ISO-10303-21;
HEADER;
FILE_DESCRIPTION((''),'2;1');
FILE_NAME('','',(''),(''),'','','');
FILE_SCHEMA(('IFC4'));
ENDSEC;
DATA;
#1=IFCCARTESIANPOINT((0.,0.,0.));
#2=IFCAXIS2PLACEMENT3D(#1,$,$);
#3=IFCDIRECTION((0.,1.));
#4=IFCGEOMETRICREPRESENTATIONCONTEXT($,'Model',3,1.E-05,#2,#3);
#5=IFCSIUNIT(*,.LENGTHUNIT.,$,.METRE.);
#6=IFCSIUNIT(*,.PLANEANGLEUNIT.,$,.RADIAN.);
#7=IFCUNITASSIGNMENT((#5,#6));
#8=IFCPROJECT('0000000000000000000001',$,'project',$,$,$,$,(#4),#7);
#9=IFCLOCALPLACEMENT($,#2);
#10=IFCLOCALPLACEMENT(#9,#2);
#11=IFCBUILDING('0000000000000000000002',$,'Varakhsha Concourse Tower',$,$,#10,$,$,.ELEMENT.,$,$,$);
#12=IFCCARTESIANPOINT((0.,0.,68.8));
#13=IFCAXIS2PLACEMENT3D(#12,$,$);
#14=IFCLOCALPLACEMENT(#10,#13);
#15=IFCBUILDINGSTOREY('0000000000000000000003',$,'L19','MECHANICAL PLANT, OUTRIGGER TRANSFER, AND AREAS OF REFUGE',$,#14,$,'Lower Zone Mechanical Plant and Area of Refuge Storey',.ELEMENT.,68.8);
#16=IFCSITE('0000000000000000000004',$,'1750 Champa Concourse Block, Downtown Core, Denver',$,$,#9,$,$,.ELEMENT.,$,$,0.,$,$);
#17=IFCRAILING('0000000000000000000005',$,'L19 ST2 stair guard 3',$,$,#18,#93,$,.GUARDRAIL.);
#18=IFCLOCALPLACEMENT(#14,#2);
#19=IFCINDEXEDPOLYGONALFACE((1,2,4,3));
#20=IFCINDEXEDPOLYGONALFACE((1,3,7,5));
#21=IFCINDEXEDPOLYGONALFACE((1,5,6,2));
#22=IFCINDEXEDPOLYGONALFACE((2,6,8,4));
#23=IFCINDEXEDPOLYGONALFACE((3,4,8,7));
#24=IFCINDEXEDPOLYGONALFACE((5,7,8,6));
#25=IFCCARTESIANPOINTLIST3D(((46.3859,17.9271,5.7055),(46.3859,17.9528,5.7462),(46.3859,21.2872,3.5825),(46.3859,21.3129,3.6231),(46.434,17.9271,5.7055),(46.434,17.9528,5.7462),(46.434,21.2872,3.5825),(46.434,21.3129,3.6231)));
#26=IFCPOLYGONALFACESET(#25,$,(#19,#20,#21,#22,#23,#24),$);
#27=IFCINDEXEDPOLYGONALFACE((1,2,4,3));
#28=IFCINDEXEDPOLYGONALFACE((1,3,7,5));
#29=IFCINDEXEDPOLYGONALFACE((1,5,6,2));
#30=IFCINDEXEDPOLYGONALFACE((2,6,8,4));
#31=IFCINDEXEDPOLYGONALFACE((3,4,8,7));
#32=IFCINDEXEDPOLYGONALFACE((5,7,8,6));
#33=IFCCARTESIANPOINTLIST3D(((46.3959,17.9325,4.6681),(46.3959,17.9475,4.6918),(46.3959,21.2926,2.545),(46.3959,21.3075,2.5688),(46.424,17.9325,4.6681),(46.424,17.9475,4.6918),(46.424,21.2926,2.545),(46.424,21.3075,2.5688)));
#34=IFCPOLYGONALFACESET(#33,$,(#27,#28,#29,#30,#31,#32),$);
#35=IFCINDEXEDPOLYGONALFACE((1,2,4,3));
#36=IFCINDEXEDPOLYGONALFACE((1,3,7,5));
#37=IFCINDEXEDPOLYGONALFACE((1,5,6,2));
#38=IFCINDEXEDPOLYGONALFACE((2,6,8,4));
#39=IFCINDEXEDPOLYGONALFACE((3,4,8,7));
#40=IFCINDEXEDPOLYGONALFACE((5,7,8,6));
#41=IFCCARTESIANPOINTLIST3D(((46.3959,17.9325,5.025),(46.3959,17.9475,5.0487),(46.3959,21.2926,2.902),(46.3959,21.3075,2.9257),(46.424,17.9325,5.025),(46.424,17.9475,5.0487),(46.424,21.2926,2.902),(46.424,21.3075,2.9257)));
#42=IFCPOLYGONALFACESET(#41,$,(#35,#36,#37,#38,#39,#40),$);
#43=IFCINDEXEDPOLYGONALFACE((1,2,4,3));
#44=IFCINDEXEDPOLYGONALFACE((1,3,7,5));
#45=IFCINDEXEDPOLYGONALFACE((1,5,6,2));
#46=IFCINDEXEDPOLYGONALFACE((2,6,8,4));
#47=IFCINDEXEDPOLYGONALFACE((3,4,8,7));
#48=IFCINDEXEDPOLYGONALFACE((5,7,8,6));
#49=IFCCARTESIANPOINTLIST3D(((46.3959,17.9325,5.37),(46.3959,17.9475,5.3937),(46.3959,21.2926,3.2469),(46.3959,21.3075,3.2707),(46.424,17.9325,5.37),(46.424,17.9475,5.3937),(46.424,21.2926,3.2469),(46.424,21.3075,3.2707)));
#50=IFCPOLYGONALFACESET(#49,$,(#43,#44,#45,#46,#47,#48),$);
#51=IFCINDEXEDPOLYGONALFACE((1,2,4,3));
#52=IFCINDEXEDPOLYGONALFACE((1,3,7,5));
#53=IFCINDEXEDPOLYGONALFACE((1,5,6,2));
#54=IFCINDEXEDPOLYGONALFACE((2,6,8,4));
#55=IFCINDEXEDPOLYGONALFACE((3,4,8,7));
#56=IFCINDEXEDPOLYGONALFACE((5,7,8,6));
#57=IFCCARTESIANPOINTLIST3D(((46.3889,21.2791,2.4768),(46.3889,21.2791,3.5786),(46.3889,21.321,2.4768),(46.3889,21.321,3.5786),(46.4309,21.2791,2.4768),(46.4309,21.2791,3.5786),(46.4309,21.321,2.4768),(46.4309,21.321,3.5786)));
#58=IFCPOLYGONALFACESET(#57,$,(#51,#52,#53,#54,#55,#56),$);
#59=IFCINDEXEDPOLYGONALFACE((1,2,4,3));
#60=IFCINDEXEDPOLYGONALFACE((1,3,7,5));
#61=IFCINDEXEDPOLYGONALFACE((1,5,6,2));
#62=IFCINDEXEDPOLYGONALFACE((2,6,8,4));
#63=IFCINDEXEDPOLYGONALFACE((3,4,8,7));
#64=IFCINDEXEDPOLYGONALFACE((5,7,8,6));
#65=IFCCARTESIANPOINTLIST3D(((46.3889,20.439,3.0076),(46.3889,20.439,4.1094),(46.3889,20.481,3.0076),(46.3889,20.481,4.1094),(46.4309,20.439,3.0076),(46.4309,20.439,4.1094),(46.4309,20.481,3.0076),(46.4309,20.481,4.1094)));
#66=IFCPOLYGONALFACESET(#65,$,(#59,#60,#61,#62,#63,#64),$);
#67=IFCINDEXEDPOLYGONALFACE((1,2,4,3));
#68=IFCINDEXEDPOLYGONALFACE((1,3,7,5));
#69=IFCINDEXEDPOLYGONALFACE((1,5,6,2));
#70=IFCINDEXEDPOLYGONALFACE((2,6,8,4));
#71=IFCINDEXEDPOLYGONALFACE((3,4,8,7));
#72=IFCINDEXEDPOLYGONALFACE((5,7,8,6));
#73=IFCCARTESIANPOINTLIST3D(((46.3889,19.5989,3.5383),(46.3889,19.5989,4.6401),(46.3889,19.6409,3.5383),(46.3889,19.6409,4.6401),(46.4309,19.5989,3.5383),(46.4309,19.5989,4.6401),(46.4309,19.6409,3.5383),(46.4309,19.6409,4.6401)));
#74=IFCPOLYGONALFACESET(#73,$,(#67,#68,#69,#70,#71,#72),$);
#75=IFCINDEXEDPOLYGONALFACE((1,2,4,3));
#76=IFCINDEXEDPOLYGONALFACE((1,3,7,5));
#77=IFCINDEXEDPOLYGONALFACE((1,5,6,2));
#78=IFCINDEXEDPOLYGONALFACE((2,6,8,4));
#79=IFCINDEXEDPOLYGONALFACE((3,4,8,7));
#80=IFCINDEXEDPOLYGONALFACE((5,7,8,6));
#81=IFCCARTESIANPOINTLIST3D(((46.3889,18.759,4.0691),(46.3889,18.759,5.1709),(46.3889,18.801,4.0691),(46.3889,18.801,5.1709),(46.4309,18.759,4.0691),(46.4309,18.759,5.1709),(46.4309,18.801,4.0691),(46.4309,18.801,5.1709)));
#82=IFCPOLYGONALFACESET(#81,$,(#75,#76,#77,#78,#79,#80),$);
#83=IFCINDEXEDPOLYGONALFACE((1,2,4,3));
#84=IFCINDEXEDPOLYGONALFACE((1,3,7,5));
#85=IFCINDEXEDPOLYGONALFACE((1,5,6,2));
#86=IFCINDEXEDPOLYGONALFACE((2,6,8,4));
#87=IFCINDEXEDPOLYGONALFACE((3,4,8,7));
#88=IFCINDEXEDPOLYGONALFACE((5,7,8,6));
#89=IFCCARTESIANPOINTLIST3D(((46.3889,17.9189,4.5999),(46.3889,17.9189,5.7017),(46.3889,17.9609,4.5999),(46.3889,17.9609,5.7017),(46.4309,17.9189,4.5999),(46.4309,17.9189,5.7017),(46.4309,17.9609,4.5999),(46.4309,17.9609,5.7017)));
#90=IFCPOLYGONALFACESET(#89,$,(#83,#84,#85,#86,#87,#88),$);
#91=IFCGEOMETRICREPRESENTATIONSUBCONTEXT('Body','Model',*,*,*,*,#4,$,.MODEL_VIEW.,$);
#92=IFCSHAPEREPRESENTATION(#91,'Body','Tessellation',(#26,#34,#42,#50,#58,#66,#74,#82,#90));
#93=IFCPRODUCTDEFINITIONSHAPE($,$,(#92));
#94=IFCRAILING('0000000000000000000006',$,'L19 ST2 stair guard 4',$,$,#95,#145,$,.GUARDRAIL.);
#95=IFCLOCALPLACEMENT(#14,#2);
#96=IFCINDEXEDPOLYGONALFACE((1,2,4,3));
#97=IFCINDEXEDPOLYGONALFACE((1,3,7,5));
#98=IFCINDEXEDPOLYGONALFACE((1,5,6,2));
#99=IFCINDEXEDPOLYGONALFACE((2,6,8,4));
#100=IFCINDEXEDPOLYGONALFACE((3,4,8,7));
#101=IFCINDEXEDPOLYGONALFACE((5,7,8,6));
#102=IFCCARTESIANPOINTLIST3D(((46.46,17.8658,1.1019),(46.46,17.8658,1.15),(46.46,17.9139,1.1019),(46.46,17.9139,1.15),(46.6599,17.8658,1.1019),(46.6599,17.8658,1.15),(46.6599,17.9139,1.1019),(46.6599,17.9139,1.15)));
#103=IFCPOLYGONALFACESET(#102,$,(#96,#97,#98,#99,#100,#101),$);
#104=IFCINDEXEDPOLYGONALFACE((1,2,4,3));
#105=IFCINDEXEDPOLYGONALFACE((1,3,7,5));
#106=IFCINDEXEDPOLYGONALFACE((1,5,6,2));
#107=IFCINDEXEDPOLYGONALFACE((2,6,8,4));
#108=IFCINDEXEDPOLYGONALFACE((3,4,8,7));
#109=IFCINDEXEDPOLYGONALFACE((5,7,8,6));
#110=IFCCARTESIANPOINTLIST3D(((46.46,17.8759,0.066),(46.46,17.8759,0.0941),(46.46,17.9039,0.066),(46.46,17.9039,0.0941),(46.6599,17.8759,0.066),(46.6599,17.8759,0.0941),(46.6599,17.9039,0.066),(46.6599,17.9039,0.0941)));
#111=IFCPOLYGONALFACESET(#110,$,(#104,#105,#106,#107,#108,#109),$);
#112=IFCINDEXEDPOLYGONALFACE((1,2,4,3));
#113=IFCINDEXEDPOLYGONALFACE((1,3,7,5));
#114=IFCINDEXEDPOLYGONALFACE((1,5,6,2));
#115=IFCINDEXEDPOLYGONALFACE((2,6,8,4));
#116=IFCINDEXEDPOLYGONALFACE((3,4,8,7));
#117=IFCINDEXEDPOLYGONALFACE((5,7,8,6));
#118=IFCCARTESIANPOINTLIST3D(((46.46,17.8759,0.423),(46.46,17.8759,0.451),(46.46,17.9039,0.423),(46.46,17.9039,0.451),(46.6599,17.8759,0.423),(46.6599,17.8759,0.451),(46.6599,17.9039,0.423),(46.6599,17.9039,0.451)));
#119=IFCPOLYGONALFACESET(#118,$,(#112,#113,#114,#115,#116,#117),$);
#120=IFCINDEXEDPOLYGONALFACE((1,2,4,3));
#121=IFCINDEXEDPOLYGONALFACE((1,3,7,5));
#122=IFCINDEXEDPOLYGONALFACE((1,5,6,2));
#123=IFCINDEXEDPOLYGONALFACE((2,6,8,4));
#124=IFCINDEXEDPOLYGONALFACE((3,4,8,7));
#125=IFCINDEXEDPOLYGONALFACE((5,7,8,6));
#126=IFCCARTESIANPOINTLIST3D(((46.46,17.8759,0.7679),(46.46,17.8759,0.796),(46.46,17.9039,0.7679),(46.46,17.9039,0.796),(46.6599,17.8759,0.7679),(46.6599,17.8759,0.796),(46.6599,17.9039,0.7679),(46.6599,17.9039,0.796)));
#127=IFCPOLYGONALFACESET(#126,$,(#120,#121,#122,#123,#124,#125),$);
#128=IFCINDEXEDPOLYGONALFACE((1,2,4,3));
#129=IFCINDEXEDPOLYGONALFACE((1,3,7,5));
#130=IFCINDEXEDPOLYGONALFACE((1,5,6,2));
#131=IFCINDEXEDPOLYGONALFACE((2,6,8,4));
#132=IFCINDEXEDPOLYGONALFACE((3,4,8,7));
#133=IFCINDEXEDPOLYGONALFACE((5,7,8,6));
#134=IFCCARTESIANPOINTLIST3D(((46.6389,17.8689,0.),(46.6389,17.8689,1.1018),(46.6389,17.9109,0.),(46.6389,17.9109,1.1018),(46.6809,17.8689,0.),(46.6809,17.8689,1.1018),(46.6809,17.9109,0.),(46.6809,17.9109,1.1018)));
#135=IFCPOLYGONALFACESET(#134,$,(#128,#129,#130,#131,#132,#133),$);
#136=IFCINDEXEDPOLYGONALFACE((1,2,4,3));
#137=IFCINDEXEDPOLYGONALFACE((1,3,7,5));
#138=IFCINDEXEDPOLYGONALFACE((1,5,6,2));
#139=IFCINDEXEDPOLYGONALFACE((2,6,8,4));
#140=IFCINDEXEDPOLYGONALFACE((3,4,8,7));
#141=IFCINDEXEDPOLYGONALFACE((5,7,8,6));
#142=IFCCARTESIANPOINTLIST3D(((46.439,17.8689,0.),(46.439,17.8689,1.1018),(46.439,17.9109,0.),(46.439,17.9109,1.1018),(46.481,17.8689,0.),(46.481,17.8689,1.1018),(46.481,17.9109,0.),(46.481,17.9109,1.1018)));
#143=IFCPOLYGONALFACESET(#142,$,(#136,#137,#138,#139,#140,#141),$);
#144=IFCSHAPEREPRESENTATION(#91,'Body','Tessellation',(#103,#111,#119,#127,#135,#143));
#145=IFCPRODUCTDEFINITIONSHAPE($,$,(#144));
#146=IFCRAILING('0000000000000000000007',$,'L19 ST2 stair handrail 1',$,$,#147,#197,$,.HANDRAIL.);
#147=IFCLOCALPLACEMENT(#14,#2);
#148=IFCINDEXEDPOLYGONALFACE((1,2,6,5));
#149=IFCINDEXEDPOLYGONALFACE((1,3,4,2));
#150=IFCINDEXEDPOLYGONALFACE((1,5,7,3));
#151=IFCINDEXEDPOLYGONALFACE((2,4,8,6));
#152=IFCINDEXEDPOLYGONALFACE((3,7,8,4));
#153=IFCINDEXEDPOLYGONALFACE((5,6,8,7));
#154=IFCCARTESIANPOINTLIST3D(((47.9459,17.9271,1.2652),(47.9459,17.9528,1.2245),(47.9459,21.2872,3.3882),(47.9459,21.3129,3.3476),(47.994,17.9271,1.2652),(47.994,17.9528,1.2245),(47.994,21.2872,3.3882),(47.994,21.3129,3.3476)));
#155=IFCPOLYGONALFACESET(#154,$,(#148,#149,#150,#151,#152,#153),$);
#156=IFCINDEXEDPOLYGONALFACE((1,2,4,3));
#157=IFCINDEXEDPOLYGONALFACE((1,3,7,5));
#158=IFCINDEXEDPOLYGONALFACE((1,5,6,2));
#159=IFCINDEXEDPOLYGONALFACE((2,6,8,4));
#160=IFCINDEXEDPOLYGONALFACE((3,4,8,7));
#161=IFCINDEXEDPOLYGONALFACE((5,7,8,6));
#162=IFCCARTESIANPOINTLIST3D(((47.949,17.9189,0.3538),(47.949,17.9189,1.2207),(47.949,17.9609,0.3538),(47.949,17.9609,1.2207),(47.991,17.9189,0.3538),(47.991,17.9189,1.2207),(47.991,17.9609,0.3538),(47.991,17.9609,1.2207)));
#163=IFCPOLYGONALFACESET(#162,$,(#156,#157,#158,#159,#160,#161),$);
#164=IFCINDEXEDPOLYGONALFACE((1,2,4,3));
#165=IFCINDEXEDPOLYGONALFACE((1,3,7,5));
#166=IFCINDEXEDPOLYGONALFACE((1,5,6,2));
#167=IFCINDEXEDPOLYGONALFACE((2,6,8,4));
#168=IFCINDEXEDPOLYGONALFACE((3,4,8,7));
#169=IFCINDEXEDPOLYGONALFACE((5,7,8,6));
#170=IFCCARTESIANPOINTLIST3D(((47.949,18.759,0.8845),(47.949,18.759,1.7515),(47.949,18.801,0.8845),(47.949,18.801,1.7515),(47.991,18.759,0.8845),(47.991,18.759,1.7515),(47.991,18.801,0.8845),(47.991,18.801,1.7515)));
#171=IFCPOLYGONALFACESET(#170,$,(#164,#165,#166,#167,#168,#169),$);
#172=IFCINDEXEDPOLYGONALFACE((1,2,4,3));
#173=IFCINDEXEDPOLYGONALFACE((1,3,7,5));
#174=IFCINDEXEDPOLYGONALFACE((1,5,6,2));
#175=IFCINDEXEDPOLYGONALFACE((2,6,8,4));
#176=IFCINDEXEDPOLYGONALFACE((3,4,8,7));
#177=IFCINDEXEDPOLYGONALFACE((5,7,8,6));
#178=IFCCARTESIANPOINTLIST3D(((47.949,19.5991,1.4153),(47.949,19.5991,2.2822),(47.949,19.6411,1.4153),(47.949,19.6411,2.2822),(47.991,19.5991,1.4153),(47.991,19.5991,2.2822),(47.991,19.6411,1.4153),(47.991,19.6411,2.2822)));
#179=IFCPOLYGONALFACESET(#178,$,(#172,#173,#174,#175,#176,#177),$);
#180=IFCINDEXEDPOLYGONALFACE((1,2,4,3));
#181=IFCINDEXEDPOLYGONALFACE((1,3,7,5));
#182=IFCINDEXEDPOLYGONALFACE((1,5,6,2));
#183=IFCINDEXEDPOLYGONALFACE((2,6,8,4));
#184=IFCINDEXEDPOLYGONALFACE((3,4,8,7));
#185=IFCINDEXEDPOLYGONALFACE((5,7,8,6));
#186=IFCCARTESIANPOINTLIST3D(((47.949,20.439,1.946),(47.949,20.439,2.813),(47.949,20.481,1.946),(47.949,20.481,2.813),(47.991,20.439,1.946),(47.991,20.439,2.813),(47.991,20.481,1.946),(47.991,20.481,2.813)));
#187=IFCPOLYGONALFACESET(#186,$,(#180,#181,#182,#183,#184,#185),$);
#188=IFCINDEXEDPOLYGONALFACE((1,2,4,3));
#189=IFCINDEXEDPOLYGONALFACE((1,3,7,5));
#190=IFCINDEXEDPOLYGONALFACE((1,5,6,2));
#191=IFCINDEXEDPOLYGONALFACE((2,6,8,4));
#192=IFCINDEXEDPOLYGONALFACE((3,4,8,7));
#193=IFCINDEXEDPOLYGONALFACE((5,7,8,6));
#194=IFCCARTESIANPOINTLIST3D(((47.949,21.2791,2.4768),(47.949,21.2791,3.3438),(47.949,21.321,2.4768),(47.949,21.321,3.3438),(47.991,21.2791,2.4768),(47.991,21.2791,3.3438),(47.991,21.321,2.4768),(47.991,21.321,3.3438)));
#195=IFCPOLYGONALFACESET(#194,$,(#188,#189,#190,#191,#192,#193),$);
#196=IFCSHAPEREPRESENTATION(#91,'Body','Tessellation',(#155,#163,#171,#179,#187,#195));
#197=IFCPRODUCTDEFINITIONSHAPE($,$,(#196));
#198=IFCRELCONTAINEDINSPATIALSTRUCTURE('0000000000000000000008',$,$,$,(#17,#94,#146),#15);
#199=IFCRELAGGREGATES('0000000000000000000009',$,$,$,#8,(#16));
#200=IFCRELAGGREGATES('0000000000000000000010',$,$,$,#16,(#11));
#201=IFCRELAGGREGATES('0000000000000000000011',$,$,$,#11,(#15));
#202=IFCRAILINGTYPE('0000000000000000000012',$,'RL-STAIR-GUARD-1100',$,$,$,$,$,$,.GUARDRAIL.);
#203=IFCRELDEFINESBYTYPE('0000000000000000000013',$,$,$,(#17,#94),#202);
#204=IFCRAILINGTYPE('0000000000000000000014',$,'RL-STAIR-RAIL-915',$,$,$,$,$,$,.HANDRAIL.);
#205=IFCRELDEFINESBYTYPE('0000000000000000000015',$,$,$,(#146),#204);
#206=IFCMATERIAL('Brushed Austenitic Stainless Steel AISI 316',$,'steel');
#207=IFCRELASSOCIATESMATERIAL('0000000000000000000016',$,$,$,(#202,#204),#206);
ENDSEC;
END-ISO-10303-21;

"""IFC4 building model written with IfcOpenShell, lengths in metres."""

from ifc_helpers import new_model, si_unit, direction, frame, origin, origin_2d, place, context, subcontext, project, spatial, rectangle, extrude, material, type_object, element, save


model = new_model("IFC4")

# Units and contexts
model_context = context("Model", 3, precision=1e-05, world=origin(), true_north=direction((0.0, 1.0)))
body_context = subcontext(model_context, "Body", "Model", "MODEL_VIEW")
ifc_project = project(units=[si_unit("LENGTHUNIT", "METRE"), si_unit("PLANEANGLEUNIT", "RADIAN")], contexts=[model_context])

# Site, building, storey
site_placement = place(None, origin())
site = spatial("IfcSite", under=ifc_project, at=site_placement, Name="1750 Champa Concourse Block, Downtown Core, Denver", CompositionType="ELEMENT", RefElevation=0.0)
building_placement = place(site_placement, origin())
building = spatial("IfcBuilding", under=site, at=building_placement, Name="Varakhsha Concourse Tower", CompositionType="ELEMENT")
storey_placement = place(building_placement, frame((0.0, 0.0, 68.8)))
storey = spatial("IfcBuildingStorey", under=building, at=storey_placement, Name="L19", Description="MECHANICAL PLANT, OUTRIGGER TRANSFER, AND AREAS OF REFUGE", LongName="Lower Zone Mechanical Plant and Area of Refuge Storey", CompositionType="ELEMENT", Elevation=68.8)

# Railings
ifc_material_1 = material(Name="Brushed Austenitic Stainless Steel AISI 316", Category="steel")
railing_type_1 = type_object("IfcRailingType", Name="RL-STAIR-GUARD-1100", PredefinedType="GUARDRAIL", material=ifc_material_1)
railing_1_placement = place(storey_placement, frame((46.4099, 21.3, 2.4768)))
element("IfcRailing", 1, at=railing_1_placement, inside=storey, type_object=railing_type_1, Name="L19 ST2 stair guard 3", PredefinedType="GUARDRAIL", context=body_context, shape_type="SweptSolid", body=[
    extrude(rectangle(XDim=0.0481, YDim=0.0481, at=origin_2d()), frame((0.0, 0.0, 1.126), z_axis=(0.0, -0.84539, 0.53415), x_axis=(1.0, 0.0, 0.0)), (0.0, 0.0, 1.0), 3.9746),
    extrude(rectangle(XDim=0.0281, YDim=0.0281, at=origin_2d()), frame((0.0, 0.0, 0.0801), z_axis=(0.0, -0.84539, 0.53415), x_axis=(1.0, 0.0, 0.0)), (0.0, 0.0, 1.0), 3.9746),
    extrude(rectangle(XDim=0.0281, YDim=0.0281, at=origin_2d()), frame((0.0, 0.0, 0.437), z_axis=(0.0, -0.84539, 0.53415), x_axis=(1.0, 0.0, 0.0)), (0.0, 0.0, 1.0), 3.9746),
    extrude(rectangle(XDim=0.0281, YDim=0.0281, at=origin_2d()), frame((0.0, 0.0, 0.782), z_axis=(0.0, -0.84539, 0.53415), x_axis=(1.0, 0.0, 0.0)), (0.0, 0.0, 1.0), 3.9746),
    extrude(rectangle(XDim=0.042, YDim=0.042, at=origin_2d()), origin(), (0.0, 0.0, 1.0), 1.1018),
    extrude(rectangle(XDim=0.042, YDim=0.042, at=origin_2d()), frame((0.0, -0.8401, 0.5308)), (0.0, 0.0, 1.0), 1.1018),
    extrude(rectangle(XDim=0.042, YDim=0.042, at=origin_2d()), frame((0.0, -1.6802, 1.0615)), (0.0, 0.0, 1.0), 1.1018),
    extrude(rectangle(XDim=0.042, YDim=0.042, at=origin_2d()), frame((0.0, -2.52, 1.5923)), (0.0, 0.0, 1.0), 1.1018),
    extrude(rectangle(XDim=0.042, YDim=0.042, at=origin_2d()), frame((0.0, -3.3601, 2.123)), (0.0, 0.0, 1.0), 1.1018),
])
railing_2_placement = place(storey_placement, frame((46.6599, 17.8899, 0.0)))
element("IfcRailing", 2, at=railing_2_placement, inside=storey, type_object=railing_type_1, Name="L19 ST2 stair guard 4", PredefinedType="GUARDRAIL", context=body_context, shape_type="SweptSolid", body=[
    extrude(rectangle(XDim=0.0481, YDim=0.0481, at=origin_2d()), frame((0.0, 0.0, 1.126), z_axis=(-1.0, 0.0, 0.0), x_axis=(0.0, -1.0, 0.0)), (0.0, 0.0, 1.0), 0.2),
    extrude(rectangle(XDim=0.0281, YDim=0.0281, at=origin_2d()), frame((0.0, 0.0, 0.0801), z_axis=(-1.0, 0.0, 0.0), x_axis=(0.0, -1.0, 0.0)), (0.0, 0.0, 1.0), 0.2),
    extrude(rectangle(XDim=0.0281, YDim=0.0281, at=origin_2d()), frame((0.0, 0.0, 0.437), z_axis=(-1.0, 0.0, 0.0), x_axis=(0.0, -1.0, 0.0)), (0.0, 0.0, 1.0), 0.2),
    extrude(rectangle(XDim=0.0281, YDim=0.0281, at=origin_2d()), frame((0.0, 0.0, 0.782), z_axis=(-1.0, 0.0, 0.0), x_axis=(0.0, -1.0, 0.0)), (0.0, 0.0, 1.0), 0.2),
    extrude(rectangle(XDim=0.042, YDim=0.042, at=origin_2d()), origin(), (0.0, 0.0, 1.0), 1.1018),
    extrude(rectangle(XDim=0.042, YDim=0.042, at=origin_2d()), frame((-0.2, 0.0, 0.0)), (0.0, 0.0, 1.0), 1.1018),
])
railing_type_2 = type_object("IfcRailingType", Name="RL-STAIR-RAIL-915", PredefinedType="HANDRAIL", material=ifc_material_1)
railing_3_placement = place(storey_placement, frame((47.97, 17.9399, 0.3538)))
element("IfcRailing", 3, at=railing_3_placement, inside=storey, type_object=railing_type_2, Name="L19 ST2 stair handrail 1", PredefinedType="HANDRAIL", context=body_context, shape_type="SweptSolid", body=[
    extrude(rectangle(XDim=0.0481, YDim=0.0481, at=origin_2d()), frame((0.0, 0.0, 0.8911), z_axis=(0.0, 0.84539, 0.53415), x_axis=(-1.0, 0.0, 0.0)), (0.0, 0.0, 1.0), 3.9746),
    extrude(rectangle(XDim=0.042, YDim=0.042, at=origin_2d()), origin(), (0.0, 0.0, 1.0), 0.8669),
    extrude(rectangle(XDim=0.042, YDim=0.042, at=origin_2d()), frame((0.0, 0.8401, 0.5308)), (0.0, 0.0, 1.0), 0.8669),
    extrude(rectangle(XDim=0.042, YDim=0.042, at=origin_2d()), frame((0.0, 1.6802, 1.0615)), (0.0, 0.0, 1.0), 0.8669),
    extrude(rectangle(XDim=0.042, YDim=0.042, at=origin_2d()), frame((0.0, 2.52, 1.5923)), (0.0, 0.0, 1.0), 0.8669),
    extrude(rectangle(XDim=0.042, YDim=0.042, at=origin_2d()), frame((0.0, 3.3601, 2.123)), (0.0, 0.0, 1.0), 0.8669),
])

save(model, "model.ifc")
